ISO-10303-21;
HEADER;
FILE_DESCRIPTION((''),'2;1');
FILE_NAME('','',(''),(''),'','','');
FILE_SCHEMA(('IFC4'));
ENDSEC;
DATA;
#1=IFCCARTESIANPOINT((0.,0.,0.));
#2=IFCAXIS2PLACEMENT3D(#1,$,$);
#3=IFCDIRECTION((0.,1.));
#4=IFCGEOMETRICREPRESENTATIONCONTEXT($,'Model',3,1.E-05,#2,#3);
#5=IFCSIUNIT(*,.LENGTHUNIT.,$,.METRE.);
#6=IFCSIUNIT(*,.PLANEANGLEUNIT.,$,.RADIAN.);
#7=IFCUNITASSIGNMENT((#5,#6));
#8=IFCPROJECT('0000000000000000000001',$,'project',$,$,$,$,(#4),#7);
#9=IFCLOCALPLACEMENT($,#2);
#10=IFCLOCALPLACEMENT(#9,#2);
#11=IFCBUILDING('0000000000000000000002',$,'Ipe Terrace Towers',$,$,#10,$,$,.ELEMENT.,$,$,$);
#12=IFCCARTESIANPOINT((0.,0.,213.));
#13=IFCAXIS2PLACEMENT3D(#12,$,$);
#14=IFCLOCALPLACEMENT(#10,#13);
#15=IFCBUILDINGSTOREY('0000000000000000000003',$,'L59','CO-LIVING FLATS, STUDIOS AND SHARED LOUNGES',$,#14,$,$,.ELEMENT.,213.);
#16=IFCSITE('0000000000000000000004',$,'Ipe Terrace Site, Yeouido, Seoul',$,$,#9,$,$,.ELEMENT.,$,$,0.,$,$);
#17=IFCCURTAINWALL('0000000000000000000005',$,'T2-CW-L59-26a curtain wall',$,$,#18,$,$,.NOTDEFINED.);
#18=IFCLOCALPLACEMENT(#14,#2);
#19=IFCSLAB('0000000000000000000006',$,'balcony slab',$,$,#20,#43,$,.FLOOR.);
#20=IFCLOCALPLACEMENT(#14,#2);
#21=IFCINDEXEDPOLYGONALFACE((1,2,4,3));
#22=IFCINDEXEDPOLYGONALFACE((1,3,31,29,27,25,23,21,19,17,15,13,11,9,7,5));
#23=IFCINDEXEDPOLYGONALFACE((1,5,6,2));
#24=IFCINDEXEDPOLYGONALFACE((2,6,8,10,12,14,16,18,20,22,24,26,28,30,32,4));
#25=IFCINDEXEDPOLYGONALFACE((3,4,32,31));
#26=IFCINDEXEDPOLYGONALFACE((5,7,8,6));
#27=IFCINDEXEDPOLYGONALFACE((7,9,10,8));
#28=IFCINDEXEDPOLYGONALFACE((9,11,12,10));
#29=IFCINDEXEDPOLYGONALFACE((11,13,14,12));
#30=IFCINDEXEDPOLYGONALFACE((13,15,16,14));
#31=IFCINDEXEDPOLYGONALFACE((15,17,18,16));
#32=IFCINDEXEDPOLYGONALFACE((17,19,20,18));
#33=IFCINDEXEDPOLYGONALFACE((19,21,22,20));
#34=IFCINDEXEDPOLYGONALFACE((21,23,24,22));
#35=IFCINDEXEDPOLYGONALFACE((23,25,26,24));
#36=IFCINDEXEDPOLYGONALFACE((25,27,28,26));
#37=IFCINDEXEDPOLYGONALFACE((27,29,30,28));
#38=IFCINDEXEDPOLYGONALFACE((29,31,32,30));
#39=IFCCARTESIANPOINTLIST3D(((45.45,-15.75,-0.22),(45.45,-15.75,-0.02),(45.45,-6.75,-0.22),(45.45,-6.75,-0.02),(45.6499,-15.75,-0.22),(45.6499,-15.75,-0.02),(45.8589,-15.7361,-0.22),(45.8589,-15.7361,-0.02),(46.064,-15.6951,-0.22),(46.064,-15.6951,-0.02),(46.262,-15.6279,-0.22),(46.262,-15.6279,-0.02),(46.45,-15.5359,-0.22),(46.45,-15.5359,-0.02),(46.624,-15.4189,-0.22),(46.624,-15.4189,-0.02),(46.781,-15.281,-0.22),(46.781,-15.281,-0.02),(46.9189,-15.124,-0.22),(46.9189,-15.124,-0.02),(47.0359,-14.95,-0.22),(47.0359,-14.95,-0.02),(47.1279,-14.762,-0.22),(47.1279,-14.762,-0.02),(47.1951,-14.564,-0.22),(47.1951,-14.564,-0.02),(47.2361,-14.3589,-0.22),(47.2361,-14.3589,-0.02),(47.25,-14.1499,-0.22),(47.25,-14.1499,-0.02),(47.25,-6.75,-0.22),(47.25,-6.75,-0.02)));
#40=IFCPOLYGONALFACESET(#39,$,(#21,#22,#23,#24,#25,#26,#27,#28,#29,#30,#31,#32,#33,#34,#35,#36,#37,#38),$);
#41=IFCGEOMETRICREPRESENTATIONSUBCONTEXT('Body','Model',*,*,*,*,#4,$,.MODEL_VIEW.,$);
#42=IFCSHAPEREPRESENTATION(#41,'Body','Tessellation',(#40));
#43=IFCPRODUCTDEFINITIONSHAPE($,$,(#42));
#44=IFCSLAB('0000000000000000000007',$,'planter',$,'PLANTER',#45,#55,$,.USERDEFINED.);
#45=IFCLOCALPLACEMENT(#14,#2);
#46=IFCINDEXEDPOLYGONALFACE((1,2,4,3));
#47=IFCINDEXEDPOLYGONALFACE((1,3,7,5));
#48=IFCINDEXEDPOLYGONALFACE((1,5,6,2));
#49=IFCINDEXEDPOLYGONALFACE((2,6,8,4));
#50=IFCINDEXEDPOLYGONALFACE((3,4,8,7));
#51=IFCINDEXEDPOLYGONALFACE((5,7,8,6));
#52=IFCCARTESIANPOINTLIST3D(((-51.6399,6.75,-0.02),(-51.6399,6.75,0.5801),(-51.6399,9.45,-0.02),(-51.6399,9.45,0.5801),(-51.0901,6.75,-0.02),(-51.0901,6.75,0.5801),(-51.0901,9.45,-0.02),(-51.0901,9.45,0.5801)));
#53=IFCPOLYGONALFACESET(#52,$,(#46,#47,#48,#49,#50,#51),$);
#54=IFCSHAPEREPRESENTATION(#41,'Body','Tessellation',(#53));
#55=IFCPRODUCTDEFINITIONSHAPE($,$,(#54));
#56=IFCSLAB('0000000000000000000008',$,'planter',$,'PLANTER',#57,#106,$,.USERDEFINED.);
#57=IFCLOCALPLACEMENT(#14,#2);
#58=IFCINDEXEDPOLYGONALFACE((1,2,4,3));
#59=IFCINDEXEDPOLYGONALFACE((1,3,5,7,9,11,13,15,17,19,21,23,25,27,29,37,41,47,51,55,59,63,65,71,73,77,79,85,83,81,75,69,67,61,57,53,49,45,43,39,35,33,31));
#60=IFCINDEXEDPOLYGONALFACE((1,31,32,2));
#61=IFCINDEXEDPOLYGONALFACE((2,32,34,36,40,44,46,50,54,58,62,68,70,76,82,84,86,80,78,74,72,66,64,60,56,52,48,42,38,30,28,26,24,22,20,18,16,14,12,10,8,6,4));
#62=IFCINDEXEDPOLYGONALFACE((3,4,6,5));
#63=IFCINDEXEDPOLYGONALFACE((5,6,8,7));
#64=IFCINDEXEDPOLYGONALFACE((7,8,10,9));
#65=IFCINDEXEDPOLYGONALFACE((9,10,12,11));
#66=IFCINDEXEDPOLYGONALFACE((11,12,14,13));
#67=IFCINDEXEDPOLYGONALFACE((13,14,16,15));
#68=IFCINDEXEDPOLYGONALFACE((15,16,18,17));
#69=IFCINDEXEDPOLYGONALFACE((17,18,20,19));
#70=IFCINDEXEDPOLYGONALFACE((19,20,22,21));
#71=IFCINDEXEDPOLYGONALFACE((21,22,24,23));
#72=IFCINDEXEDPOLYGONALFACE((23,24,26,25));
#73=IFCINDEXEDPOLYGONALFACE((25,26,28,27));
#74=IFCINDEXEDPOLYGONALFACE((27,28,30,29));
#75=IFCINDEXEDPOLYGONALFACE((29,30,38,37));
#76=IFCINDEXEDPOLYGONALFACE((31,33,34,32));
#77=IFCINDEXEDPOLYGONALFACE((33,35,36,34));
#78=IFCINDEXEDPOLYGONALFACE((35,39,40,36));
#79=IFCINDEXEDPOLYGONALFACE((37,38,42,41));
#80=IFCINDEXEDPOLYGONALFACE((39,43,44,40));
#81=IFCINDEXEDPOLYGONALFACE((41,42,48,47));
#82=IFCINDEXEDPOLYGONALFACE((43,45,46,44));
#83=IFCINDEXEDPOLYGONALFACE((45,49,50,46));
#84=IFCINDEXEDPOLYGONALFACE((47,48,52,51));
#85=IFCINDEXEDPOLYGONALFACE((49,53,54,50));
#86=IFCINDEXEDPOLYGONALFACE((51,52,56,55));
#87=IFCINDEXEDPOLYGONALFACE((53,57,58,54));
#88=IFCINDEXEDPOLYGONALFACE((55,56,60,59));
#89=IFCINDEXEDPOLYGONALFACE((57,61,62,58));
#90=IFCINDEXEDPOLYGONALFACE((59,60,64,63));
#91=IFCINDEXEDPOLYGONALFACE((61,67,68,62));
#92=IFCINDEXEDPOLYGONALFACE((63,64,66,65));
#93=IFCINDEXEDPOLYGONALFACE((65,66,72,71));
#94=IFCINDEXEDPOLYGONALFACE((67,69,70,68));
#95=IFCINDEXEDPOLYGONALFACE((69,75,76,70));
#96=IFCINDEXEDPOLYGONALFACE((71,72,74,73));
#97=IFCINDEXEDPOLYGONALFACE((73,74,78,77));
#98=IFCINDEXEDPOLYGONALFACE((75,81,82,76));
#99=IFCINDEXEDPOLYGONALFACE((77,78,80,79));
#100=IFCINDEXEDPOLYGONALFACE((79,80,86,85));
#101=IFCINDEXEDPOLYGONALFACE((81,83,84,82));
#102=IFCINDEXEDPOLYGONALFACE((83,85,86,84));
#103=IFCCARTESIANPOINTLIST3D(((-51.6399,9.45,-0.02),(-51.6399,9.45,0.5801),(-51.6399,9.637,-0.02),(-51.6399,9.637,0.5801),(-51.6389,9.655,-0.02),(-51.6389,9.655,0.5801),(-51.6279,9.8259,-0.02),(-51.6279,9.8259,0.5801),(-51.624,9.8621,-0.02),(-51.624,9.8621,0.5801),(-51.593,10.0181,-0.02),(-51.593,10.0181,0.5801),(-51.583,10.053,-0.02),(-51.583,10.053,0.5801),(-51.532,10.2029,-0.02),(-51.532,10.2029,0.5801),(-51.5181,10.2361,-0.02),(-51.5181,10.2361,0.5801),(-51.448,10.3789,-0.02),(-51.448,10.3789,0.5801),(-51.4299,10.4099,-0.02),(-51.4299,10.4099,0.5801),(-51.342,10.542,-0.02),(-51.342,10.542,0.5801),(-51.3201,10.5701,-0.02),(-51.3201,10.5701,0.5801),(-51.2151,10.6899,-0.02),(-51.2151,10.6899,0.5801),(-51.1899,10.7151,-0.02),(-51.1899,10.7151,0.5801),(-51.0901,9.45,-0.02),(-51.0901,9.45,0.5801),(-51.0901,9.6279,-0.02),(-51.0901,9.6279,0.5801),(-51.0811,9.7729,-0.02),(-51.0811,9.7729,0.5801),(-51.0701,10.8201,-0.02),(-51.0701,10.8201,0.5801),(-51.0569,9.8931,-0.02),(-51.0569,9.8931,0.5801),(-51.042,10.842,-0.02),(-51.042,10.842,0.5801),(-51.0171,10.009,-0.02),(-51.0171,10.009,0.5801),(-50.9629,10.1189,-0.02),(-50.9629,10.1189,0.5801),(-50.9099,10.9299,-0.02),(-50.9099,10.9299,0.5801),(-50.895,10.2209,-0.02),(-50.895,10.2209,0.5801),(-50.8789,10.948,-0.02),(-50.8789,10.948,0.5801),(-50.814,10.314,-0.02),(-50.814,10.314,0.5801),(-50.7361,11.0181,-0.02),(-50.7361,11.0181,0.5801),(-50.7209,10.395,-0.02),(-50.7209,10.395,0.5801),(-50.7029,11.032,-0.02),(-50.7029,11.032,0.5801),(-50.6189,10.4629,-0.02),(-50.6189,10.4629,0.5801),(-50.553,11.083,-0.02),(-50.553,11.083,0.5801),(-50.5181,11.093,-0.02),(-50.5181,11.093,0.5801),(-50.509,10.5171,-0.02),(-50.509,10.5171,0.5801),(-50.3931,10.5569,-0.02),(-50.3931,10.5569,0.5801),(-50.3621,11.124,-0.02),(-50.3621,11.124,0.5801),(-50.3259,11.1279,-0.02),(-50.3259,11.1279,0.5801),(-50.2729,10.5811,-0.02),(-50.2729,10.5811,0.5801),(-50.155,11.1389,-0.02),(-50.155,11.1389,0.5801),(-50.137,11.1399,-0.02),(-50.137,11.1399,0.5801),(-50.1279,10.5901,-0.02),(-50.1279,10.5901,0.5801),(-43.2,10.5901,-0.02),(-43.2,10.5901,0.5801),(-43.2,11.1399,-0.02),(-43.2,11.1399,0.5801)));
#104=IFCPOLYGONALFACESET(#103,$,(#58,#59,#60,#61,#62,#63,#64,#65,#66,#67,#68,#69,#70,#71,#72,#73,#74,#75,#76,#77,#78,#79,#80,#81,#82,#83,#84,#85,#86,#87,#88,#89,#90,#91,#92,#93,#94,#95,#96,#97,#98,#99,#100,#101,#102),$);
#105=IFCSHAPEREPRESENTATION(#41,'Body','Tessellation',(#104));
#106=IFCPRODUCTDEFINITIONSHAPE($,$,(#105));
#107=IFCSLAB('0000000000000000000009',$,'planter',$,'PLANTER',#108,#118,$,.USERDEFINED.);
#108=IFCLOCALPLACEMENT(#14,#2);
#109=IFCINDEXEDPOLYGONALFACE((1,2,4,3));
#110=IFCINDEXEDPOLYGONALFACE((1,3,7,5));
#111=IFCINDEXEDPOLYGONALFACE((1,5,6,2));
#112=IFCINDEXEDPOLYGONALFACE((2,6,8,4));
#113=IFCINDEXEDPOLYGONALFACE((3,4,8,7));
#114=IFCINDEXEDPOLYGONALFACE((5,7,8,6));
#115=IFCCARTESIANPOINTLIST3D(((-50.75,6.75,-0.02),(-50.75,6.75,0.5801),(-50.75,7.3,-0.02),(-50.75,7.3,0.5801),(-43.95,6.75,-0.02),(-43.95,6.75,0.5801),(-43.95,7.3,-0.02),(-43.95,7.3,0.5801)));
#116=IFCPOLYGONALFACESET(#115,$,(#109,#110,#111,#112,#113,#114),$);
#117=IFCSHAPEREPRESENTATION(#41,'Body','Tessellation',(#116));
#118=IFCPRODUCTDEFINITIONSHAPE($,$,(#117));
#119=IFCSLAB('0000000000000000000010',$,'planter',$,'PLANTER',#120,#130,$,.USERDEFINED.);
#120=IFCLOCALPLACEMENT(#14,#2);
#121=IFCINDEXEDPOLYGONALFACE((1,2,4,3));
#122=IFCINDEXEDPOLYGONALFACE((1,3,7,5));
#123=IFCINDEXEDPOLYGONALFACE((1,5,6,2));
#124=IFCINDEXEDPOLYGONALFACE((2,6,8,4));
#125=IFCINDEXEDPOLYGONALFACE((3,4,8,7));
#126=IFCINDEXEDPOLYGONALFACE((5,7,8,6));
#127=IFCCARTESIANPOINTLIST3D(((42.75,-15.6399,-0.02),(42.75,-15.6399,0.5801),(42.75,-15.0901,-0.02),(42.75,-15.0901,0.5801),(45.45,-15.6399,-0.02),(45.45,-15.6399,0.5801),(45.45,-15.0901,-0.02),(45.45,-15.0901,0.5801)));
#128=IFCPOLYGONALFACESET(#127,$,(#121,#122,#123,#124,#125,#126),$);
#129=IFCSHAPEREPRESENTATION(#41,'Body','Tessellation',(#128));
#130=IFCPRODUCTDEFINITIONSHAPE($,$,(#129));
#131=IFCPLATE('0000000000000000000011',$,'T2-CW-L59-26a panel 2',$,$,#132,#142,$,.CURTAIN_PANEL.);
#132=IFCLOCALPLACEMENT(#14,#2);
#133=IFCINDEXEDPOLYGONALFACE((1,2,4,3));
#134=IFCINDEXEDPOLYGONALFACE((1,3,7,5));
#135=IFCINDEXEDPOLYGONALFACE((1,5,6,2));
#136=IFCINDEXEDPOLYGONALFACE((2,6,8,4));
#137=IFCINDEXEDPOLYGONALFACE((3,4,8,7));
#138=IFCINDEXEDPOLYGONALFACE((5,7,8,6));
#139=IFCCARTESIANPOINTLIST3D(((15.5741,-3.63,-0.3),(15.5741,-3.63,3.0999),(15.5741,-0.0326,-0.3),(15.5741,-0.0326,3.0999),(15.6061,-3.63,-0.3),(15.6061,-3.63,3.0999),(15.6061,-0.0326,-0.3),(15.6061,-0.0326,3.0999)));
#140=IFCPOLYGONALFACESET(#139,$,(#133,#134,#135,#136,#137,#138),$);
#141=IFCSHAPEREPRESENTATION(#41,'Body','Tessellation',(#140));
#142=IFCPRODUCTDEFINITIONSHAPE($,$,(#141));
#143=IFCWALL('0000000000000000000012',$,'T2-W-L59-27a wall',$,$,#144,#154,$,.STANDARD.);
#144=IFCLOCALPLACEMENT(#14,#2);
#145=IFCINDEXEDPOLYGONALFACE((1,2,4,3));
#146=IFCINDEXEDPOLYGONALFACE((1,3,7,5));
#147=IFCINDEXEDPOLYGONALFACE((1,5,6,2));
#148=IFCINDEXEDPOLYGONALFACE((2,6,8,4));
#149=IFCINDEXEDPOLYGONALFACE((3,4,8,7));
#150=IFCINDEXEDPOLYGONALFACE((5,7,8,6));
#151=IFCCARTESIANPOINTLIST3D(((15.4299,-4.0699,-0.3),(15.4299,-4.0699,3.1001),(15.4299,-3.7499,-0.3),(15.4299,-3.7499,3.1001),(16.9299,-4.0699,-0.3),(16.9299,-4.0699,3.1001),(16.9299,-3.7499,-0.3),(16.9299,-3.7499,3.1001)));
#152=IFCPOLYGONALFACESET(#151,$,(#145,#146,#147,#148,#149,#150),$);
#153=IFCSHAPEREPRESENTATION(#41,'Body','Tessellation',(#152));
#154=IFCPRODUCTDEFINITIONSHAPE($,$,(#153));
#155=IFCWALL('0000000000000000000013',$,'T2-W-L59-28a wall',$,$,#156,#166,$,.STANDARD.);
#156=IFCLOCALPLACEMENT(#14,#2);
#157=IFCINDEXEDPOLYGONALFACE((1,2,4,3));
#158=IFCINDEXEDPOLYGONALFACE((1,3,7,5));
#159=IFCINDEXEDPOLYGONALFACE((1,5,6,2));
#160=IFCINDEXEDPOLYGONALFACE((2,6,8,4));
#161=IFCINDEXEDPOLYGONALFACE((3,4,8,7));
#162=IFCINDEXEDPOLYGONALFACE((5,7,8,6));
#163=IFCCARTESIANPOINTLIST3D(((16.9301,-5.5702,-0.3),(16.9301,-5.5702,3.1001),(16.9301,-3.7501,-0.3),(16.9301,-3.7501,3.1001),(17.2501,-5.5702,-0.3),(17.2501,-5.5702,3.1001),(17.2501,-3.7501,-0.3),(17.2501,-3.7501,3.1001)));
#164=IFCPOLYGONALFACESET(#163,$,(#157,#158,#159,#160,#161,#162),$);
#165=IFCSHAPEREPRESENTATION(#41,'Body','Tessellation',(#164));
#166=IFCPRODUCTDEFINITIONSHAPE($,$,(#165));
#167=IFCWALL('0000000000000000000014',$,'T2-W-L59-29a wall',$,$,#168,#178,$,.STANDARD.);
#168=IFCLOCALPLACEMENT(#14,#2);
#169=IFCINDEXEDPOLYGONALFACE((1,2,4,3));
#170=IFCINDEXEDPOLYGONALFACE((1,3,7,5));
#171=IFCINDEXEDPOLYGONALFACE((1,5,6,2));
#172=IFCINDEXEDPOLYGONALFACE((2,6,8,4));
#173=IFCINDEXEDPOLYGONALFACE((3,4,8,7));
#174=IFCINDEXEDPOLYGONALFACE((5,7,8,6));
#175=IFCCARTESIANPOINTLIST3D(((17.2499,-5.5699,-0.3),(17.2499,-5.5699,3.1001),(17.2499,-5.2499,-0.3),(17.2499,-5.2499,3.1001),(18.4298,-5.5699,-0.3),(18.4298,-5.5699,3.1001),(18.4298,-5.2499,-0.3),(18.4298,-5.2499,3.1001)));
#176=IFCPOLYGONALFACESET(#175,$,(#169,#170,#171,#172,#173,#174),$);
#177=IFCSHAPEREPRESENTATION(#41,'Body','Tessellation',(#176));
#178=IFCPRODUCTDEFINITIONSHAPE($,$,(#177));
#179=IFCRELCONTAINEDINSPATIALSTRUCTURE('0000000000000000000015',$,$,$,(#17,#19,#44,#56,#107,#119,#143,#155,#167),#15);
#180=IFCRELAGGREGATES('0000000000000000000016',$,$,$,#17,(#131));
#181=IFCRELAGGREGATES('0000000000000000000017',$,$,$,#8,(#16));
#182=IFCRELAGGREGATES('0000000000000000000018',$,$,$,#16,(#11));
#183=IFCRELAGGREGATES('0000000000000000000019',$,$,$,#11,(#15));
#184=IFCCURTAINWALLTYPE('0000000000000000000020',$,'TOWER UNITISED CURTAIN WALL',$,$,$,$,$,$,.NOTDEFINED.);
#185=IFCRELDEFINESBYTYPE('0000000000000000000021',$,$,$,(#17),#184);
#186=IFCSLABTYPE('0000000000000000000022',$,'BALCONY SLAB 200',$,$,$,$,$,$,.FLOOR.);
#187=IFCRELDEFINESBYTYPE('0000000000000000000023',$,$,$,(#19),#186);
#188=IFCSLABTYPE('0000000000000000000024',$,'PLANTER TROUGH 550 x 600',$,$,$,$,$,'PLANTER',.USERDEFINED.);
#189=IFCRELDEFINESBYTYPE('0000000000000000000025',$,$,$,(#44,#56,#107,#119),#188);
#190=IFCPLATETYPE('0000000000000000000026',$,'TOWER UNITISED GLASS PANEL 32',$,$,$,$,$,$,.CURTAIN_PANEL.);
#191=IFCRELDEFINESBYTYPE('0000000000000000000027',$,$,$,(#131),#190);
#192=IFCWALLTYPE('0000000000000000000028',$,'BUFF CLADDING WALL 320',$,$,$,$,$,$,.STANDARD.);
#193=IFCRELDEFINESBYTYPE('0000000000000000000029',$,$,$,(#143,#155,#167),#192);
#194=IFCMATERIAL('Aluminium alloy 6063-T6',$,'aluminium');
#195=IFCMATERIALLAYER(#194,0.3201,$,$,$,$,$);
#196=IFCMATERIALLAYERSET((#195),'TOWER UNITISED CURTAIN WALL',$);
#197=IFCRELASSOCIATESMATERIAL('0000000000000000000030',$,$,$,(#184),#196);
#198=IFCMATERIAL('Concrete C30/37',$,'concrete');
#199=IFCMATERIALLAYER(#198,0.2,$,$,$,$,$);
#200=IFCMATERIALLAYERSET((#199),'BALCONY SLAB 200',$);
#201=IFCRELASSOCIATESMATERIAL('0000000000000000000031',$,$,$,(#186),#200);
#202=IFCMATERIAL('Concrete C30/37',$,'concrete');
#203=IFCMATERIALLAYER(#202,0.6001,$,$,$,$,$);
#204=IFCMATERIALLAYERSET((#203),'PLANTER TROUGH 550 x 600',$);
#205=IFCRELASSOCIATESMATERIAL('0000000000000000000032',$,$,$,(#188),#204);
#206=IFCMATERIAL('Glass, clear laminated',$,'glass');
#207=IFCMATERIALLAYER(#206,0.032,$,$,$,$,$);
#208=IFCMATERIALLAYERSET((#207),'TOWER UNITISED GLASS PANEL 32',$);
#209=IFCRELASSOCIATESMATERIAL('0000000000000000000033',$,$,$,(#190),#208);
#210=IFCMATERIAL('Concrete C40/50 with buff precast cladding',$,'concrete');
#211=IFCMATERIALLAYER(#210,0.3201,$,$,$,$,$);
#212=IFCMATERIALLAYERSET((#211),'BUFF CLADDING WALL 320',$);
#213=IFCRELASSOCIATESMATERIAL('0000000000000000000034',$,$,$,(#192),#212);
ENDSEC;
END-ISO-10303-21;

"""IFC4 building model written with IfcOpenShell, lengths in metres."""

from ifc_helpers import new_model, si_unit, direction, frame, frame_2d, origin, origin_2d, place, context, subcontext, project, spatial, polyline, rectangle, outline, extrude, material, layer, layer_set, type_object, element, aggregate, save


model = new_model("IFC4")

# Units and contexts
model_context = context("Model", 3, precision=1e-05, world=origin(), true_north=direction((0.0, 1.0)))
body_context = subcontext(model_context, "Body", "Model", "MODEL_VIEW")
ifc_project = project(units=[si_unit("LENGTHUNIT", "METRE"), si_unit("PLANEANGLEUNIT", "RADIAN")], contexts=[model_context])

# Site, building, storey
site_placement = place(None, origin())
site = spatial("IfcSite", under=ifc_project, at=site_placement, Name="Ipe Terrace Site, Yeouido, Seoul", CompositionType="ELEMENT", RefElevation=0.0)
building_placement = place(site_placement, origin())
building = spatial("IfcBuilding", under=site, at=building_placement, Name="Ipe Terrace Towers", CompositionType="ELEMENT")
storey_placement = place(building_placement, frame((0.0, 0.0, 213.0)))
storey = spatial("IfcBuildingStorey", under=building, at=storey_placement, Name="L59", Description="CO-LIVING FLATS, STUDIOS AND SHARED LOUNGES", CompositionType="ELEMENT", Elevation=213.0)

# Curtain wall
ifc_material_1 = material(Name="Aluminium alloy 6063-T6", Category="aluminium")
ifc_layer_1 = layer(ifc_material_1, 0.3201)
ifc_layer_set_1 = layer_set([ifc_layer_1], Name="TOWER UNITISED CURTAIN WALL")
curtain_wall_type = type_object("IfcCurtainWallType", Name="TOWER UNITISED CURTAIN WALL", PredefinedType="NOTDEFINED", material=ifc_layer_set_1)
curtain_wall_1_placement = place(storey_placement, origin())
curtain_wall_1 = element("IfcCurtainWall", 1, at=curtain_wall_1_placement, inside=storey, type_object=curtain_wall_type, Name="T2-CW-L59-26a curtain wall", PredefinedType="NOTDEFINED")

# Slabs
ifc_material_2 = material(Name="Concrete C30/37", Category="concrete")
ifc_layer_2 = layer(ifc_material_2, 0.2)
ifc_layer_set_2 = layer_set([ifc_layer_2], Name="BALCONY SLAB 200")
slab_type_1 = type_object("IfcSlabType", Name="BALCONY SLAB 200", PredefinedType="FLOOR", material=ifc_layer_set_2)
slab_1_placement = place(storey_placement, frame((0.0, 0.0, -0.22)))
element("IfcSlab", 2, at=slab_1_placement, inside=storey, type_object=slab_type_1, Name="balcony slab", PredefinedType="FLOOR", context=body_context, shape_type="SweptSolid", body=[
    extrude(outline(polyline([(47.25, -6.75), (45.45, -6.75), (45.45, -15.75), (45.6499, -15.75), (45.8589, -15.7361), (46.064, -15.6951), (46.262, -15.6279), (46.45, -15.5359), (46.624, -15.4189), (46.781, -15.281), (46.9189, -15.124), (47.0359, -14.95), (47.1279, -14.762), (47.1951, -14.564), (47.2361, -14.3589), (47.25, -14.1499), (47.25, -6.75)])), origin(), (0.0, 0.0, 1.0), 0.2),
])
ifc_material_3 = material(Name="Concrete C30/37", Category="concrete")
ifc_layer_3 = layer(ifc_material_3, 0.6001)
ifc_layer_set_3 = layer_set([ifc_layer_3], Name="PLANTER TROUGH 550 x 600")
slab_type_2 = type_object("IfcSlabType", Name="PLANTER TROUGH 550 x 600", ElementType="PLANTER", PredefinedType="USERDEFINED", material=ifc_layer_set_3)
slab_2_placement = place(storey_placement, frame((0.0, 0.0, -0.02)))
element("IfcSlab", 3, at=slab_2_placement, inside=storey, type_object=slab_type_2, Name="planter", ObjectType="PLANTER", PredefinedType="USERDEFINED", context=body_context, shape_type="SweptSolid", body=[
    extrude(outline(polyline([(-51.6399, 6.75), (-51.0901, 6.75), (-51.0901, 9.45), (-51.6399, 9.45), (-51.6399, 6.75)])), origin(), (0.0, 0.0, 1.0), 0.6001),
])
slab_3_placement = place(storey_placement, frame((0.0, 0.0, -0.02)))
element("IfcSlab", 4, at=slab_3_placement, inside=storey, type_object=slab_type_2, Name="planter", ObjectType="PLANTER", PredefinedType="USERDEFINED", context=body_context, shape_type="SweptSolid", body=[
    extrude(outline(polyline([(-51.0569, 9.8931), (-51.0171, 10.009), (-50.9629, 10.1189), (-50.895, 10.2209), (-50.814, 10.314), (-50.7209, 10.395), (-50.6189, 10.4629), (-50.509, 10.5171), (-50.3931, 10.5569), (-50.2729, 10.5811), (-50.1279, 10.5901), (-43.2, 10.5901), (-43.2, 11.1399), (-50.137, 11.1399), (-50.155, 11.1389), (-50.3259, 11.1279), (-50.3621, 11.124), (-50.5181, 11.093), (-50.553, 11.083), (-50.7029, 11.032), (-50.7361, 11.0181), (-50.8789, 10.948), (-50.9099, 10.9299), (-51.042, 10.842), (-51.0701, 10.8201), (-51.1899, 10.7151), (-51.2151, 10.6899), (-51.3201, 10.5701), (-51.342, 10.542), (-51.4299, 10.4099), (-51.448, 10.3789), (-51.5181, 10.2361), (-51.532, 10.2029), (-51.583, 10.053), (-51.593, 10.0181), (-51.624, 9.8621), (-51.6279, 9.8259), (-51.6389, 9.655), (-51.6399, 9.637), (-51.6399, 9.45), (-51.0901, 9.45), (-51.0901, 9.6279), (-51.0811, 9.7729), (-51.0569, 9.8931)])), origin(), (0.0, 0.0, 1.0), 0.6001),
])
slab_4_placement = place(storey_placement, frame((0.0, 0.0, -0.02)))
element("IfcSlab", 5, at=slab_4_placement, inside=storey, type_object=slab_type_2, Name="planter", ObjectType="PLANTER", PredefinedType="USERDEFINED", context=body_context, shape_type="SweptSolid", body=[
    extrude(outline(polyline([(-43.95, 6.75), (-43.95, 7.3), (-50.75, 7.3), (-50.75, 6.75), (-43.95, 6.75)])), origin(), (0.0, 0.0, 1.0), 0.6001),
])
slab_5_placement = place(storey_placement, frame((0.0, 0.0, -0.02)))
element("IfcSlab", 6, at=slab_5_placement, inside=storey, type_object=slab_type_2, Name="planter", ObjectType="PLANTER", PredefinedType="USERDEFINED", context=body_context, shape_type="SweptSolid", body=[
    extrude(outline(polyline([(42.75, -15.6399), (45.45, -15.6399), (45.45, -15.0901), (42.75, -15.0901), (42.75, -15.6399)])), origin(), (0.0, 0.0, 1.0), 0.6001),
])

# Plate
ifc_material_4 = material(Name="Glass, clear laminated", Category="glass")
ifc_layer_4 = layer(ifc_material_4, 0.032)
ifc_layer_set_4 = layer_set([ifc_layer_4], Name="TOWER UNITISED GLASS PANEL 32")
plate_type = type_object("IfcPlateType", Name="TOWER UNITISED GLASS PANEL 32", PredefinedType="CURTAIN_PANEL", material=ifc_layer_set_4)
plate_placement = place(storey_placement, frame((15.5901, -1.8313, -0.3), z_axis=(0.0, 0.0, 1.0), x_axis=(0.0, -1.0, 0.0)))
plate = element("IfcPlate", 7, at=plate_placement, type_object=plate_type, Name="T2-CW-L59-26a panel 2", PredefinedType="CURTAIN_PANEL", context=body_context, shape_type="SweptSolid", body=[
    extrude(rectangle(XDim=3.5974, YDim=0.032, at=origin_2d()), origin(), (0.0, 0.0, 1.0), 3.3999),
])
aggregate(curtain_wall_1, [plate])

# Walls
ifc_material_5 = material(Name="Concrete C40/50 with buff precast cladding", Category="concrete")
ifc_layer_5 = layer(ifc_material_5, 0.3201)
ifc_layer_set_5 = layer_set([ifc_layer_5], Name="BUFF CLADDING WALL 320")
wall_type = type_object("IfcWallType", Name="BUFF CLADDING WALL 320", PredefinedType="STANDARD", material=ifc_layer_set_5)
wall_1_placement = place(storey_placement, frame((15.4299, -3.9099, -0.3), z_axis=(0.0, 0.0, 1.0), x_axis=(1.0, 0.0, 0.0)))
element("IfcWall", 8, at=wall_1_placement, inside=storey, type_object=wall_type, Name="T2-W-L59-27a wall", PredefinedType="STANDARD", context=body_context, shape_type="SweptSolid", body=[
    extrude(rectangle(XDim=1.5, YDim=0.3201, at=frame_2d((0.75, 0.0))), origin(), (0.0, 0.0, 1.0), 3.4001),
])
wall_2_placement = place(storey_placement, frame((17.0901, -3.75, -0.3), z_axis=(0.0, 0.0, 1.0), x_axis=(0.0, -1.0, 0.0)))
element("IfcWall", 9, at=wall_2_placement, inside=storey, type_object=wall_type, Name="T2-W-L59-28a wall", PredefinedType="STANDARD", context=body_context, shape_type="SweptSolid", body=[
    extrude(rectangle(XDim=1.8201, YDim=0.3201, at=frame_2d((0.9102, 0.0))), origin(), (0.0, 0.0, 1.0), 3.4001),
])
wall_3_placement = place(storey_placement, frame((17.25, -5.4099, -0.3), z_axis=(0.0, 0.0, 1.0), x_axis=(1.0, 0.0, 0.0)))
element("IfcWall", 10, at=wall_3_placement, inside=storey, type_object=wall_type, Name="T2-W-L59-29a wall", PredefinedType="STANDARD", context=body_context, shape_type="SweptSolid", body=[
    extrude(rectangle(XDim=1.1799, YDim=0.3201, at=frame_2d((0.5898, 0.0))), origin(), (0.0, 0.0, 1.0), 3.4001),
])

save(model, "model.ifc")
